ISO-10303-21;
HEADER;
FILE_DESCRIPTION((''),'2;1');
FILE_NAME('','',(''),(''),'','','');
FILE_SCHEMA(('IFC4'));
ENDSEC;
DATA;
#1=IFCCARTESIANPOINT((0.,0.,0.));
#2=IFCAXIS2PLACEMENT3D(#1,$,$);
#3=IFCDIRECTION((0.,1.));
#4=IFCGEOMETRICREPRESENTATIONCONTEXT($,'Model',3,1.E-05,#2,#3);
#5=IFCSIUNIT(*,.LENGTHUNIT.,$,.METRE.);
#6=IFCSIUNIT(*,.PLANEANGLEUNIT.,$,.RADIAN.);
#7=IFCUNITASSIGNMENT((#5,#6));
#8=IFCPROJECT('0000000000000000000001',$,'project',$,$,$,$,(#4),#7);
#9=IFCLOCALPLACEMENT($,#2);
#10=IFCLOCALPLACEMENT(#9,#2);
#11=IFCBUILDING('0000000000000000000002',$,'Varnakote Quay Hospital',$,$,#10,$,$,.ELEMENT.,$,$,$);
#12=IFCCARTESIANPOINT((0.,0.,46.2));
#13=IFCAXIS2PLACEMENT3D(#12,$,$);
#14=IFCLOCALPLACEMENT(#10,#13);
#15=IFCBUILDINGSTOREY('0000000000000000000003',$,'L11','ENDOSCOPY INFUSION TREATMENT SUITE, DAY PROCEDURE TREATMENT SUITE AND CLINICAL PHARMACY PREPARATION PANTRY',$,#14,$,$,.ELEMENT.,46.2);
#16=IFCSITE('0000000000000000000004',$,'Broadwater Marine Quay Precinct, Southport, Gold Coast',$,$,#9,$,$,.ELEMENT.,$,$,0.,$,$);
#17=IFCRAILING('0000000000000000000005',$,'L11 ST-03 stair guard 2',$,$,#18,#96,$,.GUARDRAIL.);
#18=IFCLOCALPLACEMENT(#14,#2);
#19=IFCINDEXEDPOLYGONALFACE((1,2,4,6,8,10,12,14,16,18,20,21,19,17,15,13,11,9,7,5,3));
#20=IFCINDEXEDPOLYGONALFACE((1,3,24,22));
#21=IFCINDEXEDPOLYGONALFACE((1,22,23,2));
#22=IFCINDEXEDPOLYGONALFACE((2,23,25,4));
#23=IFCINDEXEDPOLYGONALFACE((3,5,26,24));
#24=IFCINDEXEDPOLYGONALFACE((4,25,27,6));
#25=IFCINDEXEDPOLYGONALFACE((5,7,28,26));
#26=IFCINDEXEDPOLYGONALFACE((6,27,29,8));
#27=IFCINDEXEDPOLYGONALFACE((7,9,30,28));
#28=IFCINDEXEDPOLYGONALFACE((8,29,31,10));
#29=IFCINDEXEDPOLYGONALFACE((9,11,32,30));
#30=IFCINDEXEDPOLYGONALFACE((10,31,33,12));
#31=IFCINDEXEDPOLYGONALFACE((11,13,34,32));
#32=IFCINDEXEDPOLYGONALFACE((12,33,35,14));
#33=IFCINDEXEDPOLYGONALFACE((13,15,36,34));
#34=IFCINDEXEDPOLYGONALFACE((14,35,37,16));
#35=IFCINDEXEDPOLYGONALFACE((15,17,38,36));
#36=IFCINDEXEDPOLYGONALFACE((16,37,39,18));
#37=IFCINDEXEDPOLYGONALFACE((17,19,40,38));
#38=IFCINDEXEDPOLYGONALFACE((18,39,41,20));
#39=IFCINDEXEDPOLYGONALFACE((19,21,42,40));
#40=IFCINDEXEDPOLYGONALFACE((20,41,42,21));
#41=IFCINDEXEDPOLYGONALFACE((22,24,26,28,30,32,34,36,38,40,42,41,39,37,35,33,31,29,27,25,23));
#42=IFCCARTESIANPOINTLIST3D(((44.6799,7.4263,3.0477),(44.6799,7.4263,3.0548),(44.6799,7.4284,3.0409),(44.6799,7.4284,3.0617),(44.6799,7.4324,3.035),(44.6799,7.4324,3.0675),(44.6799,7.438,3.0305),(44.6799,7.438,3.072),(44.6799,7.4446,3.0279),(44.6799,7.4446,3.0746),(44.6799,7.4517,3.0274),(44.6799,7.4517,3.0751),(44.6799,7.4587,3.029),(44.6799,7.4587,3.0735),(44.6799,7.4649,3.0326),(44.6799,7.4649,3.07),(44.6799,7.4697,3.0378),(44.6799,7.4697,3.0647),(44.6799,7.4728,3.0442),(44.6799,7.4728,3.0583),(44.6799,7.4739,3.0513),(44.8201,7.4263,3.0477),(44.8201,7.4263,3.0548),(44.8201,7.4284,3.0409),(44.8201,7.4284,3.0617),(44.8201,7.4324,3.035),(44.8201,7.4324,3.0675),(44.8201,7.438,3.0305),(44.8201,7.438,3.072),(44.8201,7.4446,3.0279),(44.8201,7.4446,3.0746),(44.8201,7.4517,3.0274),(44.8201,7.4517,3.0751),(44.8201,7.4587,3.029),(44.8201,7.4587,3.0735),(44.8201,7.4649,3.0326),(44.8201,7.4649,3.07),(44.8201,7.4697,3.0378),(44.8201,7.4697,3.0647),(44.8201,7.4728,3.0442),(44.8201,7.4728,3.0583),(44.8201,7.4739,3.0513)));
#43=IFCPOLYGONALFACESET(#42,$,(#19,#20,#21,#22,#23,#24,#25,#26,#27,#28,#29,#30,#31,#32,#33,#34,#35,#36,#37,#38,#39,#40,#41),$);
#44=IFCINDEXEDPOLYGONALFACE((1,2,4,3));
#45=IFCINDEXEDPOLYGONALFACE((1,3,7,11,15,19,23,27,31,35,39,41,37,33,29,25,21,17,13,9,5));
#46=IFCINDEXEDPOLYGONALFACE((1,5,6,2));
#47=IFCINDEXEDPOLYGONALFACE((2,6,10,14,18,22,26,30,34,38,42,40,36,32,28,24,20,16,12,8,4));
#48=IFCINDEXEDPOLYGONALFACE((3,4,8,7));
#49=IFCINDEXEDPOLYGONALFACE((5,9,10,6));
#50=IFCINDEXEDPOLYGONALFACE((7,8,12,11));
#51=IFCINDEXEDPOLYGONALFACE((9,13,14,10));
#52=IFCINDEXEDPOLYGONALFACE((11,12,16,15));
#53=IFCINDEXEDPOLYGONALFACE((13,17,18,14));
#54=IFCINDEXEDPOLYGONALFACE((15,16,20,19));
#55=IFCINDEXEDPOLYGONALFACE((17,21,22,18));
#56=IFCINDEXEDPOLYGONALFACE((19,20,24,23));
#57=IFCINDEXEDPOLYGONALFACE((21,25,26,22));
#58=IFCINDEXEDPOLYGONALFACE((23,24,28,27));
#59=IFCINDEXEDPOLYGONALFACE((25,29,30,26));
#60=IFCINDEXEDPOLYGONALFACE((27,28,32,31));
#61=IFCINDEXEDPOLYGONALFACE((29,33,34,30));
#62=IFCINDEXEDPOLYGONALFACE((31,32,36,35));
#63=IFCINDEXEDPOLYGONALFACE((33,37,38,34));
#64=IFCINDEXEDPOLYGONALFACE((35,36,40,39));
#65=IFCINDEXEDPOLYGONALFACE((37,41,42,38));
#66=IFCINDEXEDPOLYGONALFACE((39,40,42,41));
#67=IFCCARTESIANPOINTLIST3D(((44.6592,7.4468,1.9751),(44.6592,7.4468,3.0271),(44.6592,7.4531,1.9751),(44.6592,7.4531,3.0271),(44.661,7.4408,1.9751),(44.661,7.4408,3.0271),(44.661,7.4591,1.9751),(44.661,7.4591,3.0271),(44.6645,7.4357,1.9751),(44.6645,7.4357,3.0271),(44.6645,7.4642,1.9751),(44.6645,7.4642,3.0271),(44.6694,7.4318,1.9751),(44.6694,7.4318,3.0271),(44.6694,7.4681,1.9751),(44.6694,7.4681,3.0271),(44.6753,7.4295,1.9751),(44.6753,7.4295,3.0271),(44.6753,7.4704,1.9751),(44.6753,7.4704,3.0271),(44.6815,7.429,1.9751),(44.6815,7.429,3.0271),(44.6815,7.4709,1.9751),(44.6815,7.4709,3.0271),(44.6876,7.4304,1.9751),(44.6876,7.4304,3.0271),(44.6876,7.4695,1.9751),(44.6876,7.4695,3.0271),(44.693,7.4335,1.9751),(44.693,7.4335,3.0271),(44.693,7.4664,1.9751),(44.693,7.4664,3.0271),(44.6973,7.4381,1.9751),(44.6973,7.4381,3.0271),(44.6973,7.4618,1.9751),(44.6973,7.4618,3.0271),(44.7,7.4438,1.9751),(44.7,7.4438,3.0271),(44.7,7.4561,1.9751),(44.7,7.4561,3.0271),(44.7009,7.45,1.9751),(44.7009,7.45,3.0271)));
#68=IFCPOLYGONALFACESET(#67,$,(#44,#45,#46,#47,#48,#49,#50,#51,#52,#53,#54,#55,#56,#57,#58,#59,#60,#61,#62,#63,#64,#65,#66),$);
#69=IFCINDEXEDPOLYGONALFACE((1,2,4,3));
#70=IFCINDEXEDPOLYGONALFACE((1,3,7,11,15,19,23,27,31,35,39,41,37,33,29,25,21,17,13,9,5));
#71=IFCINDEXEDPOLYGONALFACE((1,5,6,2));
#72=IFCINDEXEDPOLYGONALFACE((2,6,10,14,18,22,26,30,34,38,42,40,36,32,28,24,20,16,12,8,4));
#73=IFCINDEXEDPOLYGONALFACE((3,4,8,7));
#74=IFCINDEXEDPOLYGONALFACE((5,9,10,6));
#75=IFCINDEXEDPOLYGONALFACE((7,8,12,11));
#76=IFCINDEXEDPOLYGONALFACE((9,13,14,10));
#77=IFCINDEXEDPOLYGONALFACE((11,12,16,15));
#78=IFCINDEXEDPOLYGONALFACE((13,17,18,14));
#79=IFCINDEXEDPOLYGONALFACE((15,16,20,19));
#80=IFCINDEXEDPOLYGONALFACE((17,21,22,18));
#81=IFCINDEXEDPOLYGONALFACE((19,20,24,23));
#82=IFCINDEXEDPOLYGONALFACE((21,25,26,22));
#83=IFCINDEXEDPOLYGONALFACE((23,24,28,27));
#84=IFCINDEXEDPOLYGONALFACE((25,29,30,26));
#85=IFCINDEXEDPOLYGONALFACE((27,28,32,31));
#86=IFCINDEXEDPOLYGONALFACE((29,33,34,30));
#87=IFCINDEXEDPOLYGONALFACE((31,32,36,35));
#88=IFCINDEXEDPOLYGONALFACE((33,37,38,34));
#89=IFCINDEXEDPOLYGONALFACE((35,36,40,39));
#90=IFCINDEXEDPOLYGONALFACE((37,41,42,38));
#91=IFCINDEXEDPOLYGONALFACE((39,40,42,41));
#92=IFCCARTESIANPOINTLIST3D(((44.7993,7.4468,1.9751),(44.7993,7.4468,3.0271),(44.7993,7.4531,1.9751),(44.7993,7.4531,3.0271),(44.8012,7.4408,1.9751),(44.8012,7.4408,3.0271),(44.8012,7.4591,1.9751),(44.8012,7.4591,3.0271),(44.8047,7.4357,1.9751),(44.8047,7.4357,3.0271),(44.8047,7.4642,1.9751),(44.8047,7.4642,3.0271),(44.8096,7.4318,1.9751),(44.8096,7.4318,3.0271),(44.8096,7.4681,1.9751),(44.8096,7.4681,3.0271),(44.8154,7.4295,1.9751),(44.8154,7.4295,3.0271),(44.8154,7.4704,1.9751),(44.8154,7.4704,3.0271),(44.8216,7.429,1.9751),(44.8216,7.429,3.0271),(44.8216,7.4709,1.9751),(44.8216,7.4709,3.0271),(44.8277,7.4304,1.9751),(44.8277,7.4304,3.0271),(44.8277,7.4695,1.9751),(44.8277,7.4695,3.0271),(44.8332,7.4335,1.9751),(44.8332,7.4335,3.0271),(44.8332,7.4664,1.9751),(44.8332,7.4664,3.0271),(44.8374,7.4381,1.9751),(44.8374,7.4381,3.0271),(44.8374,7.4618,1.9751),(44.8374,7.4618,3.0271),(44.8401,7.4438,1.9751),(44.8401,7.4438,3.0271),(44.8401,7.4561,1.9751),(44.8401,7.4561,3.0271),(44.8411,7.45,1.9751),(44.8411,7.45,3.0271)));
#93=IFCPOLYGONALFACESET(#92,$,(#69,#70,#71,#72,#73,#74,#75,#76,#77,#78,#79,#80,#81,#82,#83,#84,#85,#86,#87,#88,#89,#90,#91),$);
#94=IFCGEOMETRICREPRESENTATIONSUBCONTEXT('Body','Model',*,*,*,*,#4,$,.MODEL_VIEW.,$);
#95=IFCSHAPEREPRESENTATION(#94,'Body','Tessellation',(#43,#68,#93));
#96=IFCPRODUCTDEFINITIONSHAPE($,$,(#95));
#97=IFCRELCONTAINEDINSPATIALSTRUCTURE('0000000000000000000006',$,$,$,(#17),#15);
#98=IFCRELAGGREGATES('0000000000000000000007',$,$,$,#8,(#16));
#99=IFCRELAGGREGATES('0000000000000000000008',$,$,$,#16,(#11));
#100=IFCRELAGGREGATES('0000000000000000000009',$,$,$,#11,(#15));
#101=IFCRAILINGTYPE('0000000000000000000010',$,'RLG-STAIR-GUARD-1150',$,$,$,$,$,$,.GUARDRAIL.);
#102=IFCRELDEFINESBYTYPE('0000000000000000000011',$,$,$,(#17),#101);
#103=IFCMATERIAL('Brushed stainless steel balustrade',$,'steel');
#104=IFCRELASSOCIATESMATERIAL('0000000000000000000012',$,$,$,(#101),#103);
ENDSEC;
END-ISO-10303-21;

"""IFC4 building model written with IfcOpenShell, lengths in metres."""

from ifc_helpers import new_model, si_unit, direction, frame, origin, origin_2d, place, context, subcontext, project, spatial, circle, extrude, material, type_object, element, save


model = new_model("IFC4")

# Units and contexts
model_context = context("Model", 3, precision=1e-05, world=origin(), true_north=direction((0.0, 1.0)))
body_context = subcontext(model_context, "Body", "Model", "MODEL_VIEW")
ifc_project = project(units=[si_unit("LENGTHUNIT", "METRE"), si_unit("PLANEANGLEUNIT", "RADIAN")], contexts=[model_context])

# Site, building, storey
site_placement = place(None, origin())
site = spatial("IfcSite", under=ifc_project, at=site_placement, Name="Broadwater Marine Quay Precinct, Southport, Gold Coast", CompositionType="ELEMENT", RefElevation=0.0)
building_placement = place(site_placement, origin())
building = spatial("IfcBuilding", under=site, at=building_placement, Name="Varnakote Quay Hospital", CompositionType="ELEMENT")
storey_placement = place(building_placement, frame((0.0, 0.0, 46.2)))
storey = spatial("IfcBuildingStorey", under=building, at=storey_placement, Name="L11", Description="ENDOSCOPY INFUSION TREATMENT SUITE, DAY PROCEDURE TREATMENT SUITE AND CLINICAL PHARMACY PREPARATION PANTRY", CompositionType="ELEMENT", Elevation=46.2)

# Railing
ifc_material_1 = material(Name="Brushed stainless steel balustrade", Category="steel")
railing_type_1 = type_object("IfcRailingType", Name="RLG-STAIR-GUARD-1150", PredefinedType="GUARDRAIL", material=ifc_material_1)
railing_1_placement = place(storey_placement, frame((44.6799, 7.45, 1.9751)))
element("IfcRailing", 1, at=railing_1_placement, inside=storey, type_object=railing_type_1, Name="L11 ST-03 stair guard 2", PredefinedType="GUARDRAIL", context=body_context, shape_type="SweptSolid", body=[
    extrude(circle(Radius=0.0239, at=origin_2d()), frame((0.0, 0.0, 1.0762), z_axis=(1.0, 0.0, 0.0), x_axis=(0.0, 1.0, 0.0)), (0.0, 0.0, 1.0), 0.1401),
    extrude(circle(Radius=0.021, at=origin_2d()), origin(), (0.0, 0.0, 1.0), 1.052),
    extrude(circle(Radius=0.021, at=origin_2d()), frame((0.1401, 0.0, 0.0)), (0.0, 0.0, 1.0), 1.052),
])

save(model, "model.ifc")
